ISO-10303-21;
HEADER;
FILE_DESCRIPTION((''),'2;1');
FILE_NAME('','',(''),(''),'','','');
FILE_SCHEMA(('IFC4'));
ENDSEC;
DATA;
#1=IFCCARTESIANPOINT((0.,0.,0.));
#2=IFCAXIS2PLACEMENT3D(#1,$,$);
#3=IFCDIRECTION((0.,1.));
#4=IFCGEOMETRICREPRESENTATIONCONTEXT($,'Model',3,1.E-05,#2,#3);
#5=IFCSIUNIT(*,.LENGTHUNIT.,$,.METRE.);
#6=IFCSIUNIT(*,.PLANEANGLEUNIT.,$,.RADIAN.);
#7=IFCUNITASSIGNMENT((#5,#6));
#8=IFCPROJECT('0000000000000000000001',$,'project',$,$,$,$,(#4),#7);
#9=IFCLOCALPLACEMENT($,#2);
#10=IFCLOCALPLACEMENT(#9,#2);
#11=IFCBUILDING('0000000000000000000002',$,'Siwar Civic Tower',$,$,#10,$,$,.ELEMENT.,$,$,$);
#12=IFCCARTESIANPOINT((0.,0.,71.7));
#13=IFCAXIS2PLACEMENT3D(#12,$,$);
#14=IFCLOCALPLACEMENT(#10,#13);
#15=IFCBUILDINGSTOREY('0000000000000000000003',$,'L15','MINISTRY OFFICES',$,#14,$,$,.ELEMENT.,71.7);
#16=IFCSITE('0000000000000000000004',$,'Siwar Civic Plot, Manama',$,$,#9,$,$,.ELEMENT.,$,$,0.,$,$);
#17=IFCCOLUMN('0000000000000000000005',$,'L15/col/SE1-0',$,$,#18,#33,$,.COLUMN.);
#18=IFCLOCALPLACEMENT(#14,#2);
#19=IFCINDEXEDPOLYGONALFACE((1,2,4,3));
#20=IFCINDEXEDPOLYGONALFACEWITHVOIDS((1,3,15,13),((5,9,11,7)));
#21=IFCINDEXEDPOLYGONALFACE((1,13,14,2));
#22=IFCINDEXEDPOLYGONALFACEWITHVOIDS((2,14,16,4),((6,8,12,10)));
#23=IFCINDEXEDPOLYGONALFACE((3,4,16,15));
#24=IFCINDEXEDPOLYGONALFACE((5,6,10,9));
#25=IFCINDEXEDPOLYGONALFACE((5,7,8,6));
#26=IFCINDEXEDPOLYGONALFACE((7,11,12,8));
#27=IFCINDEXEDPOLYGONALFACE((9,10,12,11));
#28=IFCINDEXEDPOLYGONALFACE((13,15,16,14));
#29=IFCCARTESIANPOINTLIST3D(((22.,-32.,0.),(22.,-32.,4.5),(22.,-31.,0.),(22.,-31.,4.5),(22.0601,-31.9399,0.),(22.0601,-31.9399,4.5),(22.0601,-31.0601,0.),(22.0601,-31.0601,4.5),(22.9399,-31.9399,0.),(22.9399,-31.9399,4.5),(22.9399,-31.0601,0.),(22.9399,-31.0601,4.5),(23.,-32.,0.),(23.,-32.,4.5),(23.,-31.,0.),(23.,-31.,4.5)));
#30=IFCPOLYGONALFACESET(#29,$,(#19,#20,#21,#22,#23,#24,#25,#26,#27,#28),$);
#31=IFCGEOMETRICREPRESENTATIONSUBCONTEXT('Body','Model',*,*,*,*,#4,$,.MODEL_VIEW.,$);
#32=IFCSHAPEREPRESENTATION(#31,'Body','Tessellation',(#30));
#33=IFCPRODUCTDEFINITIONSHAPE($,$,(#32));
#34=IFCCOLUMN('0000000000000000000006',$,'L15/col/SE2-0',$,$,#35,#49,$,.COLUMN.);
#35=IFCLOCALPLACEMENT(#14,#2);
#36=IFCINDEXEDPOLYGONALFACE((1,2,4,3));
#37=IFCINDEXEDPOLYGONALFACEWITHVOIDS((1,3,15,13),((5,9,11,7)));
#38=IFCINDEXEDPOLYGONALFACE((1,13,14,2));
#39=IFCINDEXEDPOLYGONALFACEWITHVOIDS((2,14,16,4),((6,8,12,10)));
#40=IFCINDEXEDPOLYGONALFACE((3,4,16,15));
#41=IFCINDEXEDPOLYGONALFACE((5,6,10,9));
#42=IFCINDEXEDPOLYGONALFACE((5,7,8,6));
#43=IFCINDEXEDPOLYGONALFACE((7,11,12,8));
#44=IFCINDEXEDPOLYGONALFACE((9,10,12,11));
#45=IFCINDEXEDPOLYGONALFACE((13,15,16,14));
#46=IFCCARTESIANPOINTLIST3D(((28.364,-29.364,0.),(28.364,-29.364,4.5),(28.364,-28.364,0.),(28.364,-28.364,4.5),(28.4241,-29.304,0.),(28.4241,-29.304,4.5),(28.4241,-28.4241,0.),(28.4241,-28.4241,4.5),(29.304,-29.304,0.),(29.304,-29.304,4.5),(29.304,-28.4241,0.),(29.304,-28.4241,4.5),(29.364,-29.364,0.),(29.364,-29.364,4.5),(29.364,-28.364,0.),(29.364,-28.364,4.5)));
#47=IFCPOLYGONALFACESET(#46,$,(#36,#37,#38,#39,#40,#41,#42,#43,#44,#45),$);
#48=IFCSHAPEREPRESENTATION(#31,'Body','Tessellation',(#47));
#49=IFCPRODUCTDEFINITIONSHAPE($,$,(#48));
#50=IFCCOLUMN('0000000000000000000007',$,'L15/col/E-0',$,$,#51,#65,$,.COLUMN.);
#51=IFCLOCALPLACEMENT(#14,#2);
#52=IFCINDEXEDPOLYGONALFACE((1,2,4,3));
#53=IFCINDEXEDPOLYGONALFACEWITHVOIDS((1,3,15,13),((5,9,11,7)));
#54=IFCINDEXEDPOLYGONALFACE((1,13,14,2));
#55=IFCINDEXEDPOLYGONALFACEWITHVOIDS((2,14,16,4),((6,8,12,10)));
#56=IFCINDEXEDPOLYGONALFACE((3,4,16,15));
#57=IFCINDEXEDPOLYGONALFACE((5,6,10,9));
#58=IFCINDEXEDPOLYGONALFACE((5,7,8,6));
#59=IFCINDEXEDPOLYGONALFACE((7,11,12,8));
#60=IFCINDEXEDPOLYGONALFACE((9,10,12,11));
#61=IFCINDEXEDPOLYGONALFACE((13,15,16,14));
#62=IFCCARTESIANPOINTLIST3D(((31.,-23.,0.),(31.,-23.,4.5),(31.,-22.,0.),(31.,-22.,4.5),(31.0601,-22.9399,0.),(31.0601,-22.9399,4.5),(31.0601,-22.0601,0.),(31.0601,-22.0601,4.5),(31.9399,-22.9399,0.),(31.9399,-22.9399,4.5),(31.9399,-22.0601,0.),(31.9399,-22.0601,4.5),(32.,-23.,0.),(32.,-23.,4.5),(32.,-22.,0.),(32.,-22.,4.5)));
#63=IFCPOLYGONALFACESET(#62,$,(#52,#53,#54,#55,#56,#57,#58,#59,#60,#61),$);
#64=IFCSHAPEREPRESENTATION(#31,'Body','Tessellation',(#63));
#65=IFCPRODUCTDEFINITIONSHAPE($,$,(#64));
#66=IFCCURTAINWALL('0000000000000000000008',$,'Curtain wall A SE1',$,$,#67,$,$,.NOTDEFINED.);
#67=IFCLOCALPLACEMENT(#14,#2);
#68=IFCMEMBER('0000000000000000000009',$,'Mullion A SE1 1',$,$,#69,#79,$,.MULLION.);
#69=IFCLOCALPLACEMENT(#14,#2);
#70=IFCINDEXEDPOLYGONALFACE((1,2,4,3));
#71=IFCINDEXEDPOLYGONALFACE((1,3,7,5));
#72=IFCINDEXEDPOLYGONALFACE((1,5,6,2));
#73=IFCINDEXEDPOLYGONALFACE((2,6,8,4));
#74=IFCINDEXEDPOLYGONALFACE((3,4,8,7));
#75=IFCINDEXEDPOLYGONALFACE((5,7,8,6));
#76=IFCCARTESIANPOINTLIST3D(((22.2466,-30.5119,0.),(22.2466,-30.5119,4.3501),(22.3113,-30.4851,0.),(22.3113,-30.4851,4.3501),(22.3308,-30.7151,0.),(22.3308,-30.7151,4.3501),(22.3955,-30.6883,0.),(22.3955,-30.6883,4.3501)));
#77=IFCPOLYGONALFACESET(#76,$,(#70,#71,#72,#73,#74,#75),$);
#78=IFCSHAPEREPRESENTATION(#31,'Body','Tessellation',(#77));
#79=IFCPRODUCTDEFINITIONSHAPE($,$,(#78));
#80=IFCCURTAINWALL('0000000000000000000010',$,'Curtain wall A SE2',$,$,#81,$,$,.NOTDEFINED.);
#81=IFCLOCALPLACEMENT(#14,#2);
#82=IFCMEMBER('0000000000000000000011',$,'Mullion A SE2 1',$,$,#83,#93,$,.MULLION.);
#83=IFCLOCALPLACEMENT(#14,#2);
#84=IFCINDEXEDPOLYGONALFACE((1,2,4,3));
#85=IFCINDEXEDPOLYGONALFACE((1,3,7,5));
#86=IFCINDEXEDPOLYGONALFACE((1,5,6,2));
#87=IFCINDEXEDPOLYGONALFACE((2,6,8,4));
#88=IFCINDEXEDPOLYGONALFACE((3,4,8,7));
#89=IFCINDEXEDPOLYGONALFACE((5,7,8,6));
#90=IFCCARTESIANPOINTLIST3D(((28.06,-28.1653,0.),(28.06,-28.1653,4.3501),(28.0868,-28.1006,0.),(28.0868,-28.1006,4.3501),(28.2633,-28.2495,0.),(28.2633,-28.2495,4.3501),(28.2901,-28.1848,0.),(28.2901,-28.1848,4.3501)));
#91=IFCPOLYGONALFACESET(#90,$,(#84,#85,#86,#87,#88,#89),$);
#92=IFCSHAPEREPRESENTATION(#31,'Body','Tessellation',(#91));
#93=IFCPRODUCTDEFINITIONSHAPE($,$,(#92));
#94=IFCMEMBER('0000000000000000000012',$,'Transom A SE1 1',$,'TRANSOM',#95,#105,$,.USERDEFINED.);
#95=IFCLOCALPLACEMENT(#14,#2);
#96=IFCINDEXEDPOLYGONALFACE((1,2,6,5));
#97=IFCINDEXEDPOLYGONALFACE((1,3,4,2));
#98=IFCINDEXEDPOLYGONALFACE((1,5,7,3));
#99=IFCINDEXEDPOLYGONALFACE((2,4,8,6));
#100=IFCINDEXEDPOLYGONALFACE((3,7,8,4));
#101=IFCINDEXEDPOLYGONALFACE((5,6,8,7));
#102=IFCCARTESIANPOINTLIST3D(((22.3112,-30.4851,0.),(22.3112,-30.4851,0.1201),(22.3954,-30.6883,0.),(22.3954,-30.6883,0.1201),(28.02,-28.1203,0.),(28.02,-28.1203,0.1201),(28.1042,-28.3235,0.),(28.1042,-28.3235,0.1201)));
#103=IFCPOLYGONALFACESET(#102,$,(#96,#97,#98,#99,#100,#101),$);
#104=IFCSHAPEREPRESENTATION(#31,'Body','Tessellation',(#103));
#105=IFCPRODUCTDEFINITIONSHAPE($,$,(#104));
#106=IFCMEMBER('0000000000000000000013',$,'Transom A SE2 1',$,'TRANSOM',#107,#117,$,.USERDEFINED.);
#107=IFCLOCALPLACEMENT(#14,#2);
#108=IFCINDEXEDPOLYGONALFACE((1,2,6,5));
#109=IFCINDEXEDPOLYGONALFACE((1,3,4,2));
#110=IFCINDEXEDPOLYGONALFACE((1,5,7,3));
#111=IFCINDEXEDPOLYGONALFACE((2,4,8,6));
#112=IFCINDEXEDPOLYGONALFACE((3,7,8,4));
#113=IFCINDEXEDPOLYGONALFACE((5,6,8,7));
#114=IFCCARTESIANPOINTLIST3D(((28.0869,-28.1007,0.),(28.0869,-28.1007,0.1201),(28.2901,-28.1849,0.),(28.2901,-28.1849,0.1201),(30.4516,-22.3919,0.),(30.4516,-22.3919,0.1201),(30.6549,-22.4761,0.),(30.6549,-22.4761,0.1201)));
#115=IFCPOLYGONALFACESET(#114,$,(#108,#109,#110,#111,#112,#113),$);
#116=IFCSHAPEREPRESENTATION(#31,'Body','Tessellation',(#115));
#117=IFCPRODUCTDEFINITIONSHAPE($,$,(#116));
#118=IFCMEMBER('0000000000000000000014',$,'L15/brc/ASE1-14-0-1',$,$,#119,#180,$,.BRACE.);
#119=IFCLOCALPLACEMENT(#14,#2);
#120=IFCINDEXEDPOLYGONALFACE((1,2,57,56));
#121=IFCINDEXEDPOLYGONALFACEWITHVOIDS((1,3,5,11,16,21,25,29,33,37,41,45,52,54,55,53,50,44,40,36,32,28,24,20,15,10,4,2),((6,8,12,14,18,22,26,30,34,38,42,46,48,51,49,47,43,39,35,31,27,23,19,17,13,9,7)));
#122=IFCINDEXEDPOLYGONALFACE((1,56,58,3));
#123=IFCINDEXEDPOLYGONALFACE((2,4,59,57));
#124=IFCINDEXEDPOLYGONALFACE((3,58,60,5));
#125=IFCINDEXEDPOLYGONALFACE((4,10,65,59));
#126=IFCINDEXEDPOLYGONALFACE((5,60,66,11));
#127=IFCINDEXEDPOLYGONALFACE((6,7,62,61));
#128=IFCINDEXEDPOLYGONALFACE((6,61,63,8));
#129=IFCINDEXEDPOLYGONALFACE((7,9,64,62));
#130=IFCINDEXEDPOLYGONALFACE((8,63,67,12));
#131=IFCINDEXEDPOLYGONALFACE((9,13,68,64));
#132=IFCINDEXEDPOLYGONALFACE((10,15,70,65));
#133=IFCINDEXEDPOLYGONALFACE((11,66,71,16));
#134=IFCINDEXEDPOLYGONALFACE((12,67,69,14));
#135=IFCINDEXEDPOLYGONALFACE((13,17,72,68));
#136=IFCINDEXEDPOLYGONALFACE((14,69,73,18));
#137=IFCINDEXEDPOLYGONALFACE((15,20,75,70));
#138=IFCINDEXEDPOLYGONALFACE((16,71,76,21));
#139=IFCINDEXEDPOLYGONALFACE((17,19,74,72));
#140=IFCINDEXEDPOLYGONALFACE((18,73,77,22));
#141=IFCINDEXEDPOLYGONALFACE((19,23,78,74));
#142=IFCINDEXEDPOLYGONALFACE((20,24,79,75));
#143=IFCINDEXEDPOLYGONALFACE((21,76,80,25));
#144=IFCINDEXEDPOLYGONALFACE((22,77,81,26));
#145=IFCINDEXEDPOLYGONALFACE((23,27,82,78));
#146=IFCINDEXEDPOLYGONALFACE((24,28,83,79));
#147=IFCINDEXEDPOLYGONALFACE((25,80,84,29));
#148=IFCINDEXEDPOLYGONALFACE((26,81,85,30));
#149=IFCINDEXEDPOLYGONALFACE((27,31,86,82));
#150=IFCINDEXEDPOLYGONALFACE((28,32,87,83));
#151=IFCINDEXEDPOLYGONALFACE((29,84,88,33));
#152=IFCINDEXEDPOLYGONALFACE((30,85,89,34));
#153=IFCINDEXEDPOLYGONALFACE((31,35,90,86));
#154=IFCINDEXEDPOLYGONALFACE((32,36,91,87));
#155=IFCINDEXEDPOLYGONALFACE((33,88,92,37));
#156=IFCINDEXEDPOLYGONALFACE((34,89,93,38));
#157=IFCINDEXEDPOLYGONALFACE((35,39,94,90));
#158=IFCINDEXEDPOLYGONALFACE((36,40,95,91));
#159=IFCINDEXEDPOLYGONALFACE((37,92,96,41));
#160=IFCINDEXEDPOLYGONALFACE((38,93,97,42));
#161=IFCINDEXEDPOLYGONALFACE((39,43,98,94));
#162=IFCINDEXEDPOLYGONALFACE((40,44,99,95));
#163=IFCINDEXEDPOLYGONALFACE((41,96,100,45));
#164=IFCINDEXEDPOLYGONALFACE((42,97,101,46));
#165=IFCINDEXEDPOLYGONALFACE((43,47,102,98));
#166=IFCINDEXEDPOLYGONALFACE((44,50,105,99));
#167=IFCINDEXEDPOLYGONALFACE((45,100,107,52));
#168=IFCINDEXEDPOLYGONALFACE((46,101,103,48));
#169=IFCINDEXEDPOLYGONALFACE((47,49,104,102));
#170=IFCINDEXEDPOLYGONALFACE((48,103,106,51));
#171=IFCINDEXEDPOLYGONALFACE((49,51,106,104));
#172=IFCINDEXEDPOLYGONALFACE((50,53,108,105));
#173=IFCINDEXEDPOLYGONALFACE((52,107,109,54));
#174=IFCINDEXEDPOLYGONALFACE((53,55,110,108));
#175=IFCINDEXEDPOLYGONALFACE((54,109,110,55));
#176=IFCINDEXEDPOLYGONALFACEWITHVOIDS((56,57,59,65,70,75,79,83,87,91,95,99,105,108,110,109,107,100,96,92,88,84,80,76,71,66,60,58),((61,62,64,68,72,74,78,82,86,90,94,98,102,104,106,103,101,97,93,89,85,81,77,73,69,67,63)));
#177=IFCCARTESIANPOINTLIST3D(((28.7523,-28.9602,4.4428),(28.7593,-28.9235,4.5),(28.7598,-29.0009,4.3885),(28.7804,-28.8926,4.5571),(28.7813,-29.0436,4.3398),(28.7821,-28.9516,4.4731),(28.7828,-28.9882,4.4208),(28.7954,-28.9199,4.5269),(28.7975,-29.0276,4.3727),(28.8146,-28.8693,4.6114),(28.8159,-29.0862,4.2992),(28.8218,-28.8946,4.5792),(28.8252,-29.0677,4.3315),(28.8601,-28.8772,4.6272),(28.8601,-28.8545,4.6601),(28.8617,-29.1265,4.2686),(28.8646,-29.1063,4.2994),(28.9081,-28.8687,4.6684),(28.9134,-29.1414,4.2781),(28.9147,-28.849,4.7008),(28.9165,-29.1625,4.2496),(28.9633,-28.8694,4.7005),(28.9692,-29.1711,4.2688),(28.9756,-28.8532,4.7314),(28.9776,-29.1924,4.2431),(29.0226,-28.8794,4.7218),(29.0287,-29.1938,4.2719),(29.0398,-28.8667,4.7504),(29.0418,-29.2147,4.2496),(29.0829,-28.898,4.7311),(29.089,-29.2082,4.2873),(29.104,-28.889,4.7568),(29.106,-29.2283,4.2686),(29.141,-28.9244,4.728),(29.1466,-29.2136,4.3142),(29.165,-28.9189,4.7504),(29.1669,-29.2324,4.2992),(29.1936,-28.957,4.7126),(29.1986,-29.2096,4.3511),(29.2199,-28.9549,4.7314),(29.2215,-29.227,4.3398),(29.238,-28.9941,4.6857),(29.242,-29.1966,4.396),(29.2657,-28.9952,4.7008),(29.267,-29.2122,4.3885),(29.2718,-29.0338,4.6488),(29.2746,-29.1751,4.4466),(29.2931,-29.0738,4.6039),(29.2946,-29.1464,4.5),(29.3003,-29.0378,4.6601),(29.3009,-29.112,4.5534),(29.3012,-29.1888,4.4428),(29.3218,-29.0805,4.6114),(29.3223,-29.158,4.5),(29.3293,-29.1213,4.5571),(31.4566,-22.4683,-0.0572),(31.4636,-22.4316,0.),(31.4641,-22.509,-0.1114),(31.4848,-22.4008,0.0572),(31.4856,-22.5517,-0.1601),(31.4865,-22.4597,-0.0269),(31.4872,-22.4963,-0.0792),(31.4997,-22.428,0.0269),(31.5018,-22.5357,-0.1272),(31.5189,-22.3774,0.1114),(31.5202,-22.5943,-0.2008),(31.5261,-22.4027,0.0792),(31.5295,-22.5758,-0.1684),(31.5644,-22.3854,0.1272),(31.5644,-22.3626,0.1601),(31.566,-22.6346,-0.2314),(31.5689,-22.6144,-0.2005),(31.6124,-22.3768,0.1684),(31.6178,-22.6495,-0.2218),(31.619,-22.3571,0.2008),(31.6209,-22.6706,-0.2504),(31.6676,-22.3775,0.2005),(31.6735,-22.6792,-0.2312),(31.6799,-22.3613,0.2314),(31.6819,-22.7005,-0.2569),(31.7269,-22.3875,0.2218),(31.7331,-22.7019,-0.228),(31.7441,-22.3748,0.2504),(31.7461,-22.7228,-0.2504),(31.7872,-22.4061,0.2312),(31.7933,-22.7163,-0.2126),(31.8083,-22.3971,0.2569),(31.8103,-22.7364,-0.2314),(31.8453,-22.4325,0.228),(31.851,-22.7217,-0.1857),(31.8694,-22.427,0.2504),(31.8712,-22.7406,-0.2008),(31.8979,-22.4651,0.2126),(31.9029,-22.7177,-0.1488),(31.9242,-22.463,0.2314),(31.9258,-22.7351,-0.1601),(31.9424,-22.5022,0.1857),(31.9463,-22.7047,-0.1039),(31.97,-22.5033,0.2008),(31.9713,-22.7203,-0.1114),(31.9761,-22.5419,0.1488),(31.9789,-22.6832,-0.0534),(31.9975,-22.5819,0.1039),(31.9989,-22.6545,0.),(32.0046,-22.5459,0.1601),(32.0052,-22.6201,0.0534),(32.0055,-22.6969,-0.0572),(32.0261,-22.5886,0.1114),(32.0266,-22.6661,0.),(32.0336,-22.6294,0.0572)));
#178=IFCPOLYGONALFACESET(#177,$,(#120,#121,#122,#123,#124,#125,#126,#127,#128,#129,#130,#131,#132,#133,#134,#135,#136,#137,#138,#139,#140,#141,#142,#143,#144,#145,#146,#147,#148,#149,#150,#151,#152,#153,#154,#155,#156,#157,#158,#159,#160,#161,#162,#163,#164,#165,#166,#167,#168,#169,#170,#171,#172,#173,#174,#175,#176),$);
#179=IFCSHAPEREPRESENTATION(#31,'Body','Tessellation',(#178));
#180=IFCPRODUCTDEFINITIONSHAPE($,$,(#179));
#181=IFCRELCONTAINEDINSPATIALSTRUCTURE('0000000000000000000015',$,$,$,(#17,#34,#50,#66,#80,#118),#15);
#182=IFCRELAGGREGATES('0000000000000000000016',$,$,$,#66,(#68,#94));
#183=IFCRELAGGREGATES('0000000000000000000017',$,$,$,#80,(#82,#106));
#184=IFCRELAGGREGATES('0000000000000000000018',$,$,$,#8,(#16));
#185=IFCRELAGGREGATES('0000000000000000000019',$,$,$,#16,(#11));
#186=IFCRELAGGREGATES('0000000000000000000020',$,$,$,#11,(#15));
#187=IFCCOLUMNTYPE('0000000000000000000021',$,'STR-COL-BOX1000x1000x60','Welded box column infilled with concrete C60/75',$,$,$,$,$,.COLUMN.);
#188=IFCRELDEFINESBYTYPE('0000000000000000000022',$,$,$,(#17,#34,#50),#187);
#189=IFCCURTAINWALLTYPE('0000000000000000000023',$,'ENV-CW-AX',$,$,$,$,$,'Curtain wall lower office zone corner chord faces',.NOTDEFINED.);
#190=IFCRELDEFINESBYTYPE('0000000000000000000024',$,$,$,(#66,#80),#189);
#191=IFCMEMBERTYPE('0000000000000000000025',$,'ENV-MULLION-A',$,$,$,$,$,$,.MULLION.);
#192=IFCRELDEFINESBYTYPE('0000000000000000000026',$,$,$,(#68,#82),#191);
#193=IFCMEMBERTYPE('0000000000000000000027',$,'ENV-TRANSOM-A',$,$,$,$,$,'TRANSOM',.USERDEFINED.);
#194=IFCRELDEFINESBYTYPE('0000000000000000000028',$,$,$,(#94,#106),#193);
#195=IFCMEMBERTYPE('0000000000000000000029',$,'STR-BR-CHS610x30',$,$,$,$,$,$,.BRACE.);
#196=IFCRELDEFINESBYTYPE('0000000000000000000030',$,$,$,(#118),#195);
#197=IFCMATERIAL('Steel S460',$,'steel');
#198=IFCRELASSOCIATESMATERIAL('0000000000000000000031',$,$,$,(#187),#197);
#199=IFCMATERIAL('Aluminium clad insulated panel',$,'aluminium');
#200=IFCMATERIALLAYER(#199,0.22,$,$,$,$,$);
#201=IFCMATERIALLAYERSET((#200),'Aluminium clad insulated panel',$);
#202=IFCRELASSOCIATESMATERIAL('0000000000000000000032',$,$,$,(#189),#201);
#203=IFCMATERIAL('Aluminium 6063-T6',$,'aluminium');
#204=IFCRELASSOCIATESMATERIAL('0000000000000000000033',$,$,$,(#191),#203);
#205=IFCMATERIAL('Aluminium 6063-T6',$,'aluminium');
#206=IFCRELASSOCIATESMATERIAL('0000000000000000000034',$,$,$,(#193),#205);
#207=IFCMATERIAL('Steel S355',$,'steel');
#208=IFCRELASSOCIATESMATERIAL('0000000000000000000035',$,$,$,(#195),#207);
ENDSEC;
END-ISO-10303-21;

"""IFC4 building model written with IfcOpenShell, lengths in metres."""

from ifc_helpers import new_model, si_unit, direction, frame, origin, origin_2d, place, context, subcontext, project, spatial, rectangle, hollow_rectangle, hollow_circle, extrude, material, layer, layer_set, material_profile, profile_set, type_object, element, aggregate, save


model = new_model("IFC4")

# Units and contexts
model_context = context("Model", 3, precision=1e-05, world=origin(), true_north=direction((0.0, 1.0)))
body_context = subcontext(model_context, "Body", "Model", "MODEL_VIEW")
ifc_project = project(units=[si_unit("LENGTHUNIT", "METRE"), si_unit("PLANEANGLEUNIT", "RADIAN")], contexts=[model_context])

# Site, building, storey
site_placement = place(None, origin())
site = spatial("IfcSite", under=ifc_project, at=site_placement, Name="Siwar Civic Plot, Manama", CompositionType="ELEMENT", RefElevation=0.0)
building_placement = place(site_placement, origin())
building = spatial("IfcBuilding", under=site, at=building_placement, Name="Siwar Civic Tower", CompositionType="ELEMENT")
storey_placement = place(building_placement, frame((0.0, 0.0, 71.7)))
storey = spatial("IfcBuildingStorey", under=building, at=storey_placement, Name="L15", Description="MINISTRY OFFICES", CompositionType="ELEMENT", Elevation=71.7)

# Columns
ifc_material_1 = material(Name="Steel S460", Category="steel")
ifc_material_profile_1 = material_profile(ifc_material_1, hollow_rectangle(XDim=1.0, YDim=1.0, WallThickness=0.0601, at=origin_2d()), Name="BOX1000x1000x60")
ifc_profile_set_1 = profile_set([ifc_material_profile_1], Name="Steel S460")
column_type = type_object("IfcColumnType", Name="STR-COL-BOX1000x1000x60", Description="Welded box column infilled with concrete C60/75", PredefinedType="COLUMN", material=ifc_profile_set_1)
for number, where, z_axis, x_axis, name in (
    (1, (22.5, -31.5, 0.0), (0.0, 0.0, 1.0), (1.0, 0.0, 0.0), "L15/col/SE1-0"),
    (2, (28.864, -28.864, 0.0), (0.0, 0.0, 1.0), (1.0, 0.0, 0.0), "L15/col/SE2-0"),
    (3, (31.5, -22.5, 0.0), (0.0, 0.0, 1.0), (1.0, 0.0, 0.0), "L15/col/E-0"),
):
    element("IfcColumn", number, at=place(storey_placement, frame(where, z_axis=z_axis, x_axis=x_axis)), inside=storey, type_object=column_type, Name=name, PredefinedType="COLUMN", context=body_context, shape_type="SweptSolid", body=[
        extrude(hollow_rectangle(XDim=1.0, YDim=1.0, WallThickness=0.0601, at=origin_2d()), origin(), (0.0, 0.0, 1.0), 4.5),
    ])

# Curtain walls, members
ifc_material_2 = material(Name="Aluminium clad insulated panel", Category="aluminium")
ifc_layer_1 = layer(ifc_material_2, 0.22)
ifc_layer_set_1 = layer_set([ifc_layer_1], Name="Aluminium clad insulated panel")
curtain_wall_type_1 = type_object("IfcCurtainWallType", Name="ENV-CW-AX", ElementType="Curtain wall lower office zone corner chord faces", PredefinedType="NOTDEFINED", material=ifc_layer_set_1)
curtain_wall_1_placement = place(storey_placement, origin())
curtain_wall_1 = element("IfcCurtainWall", 4, at=curtain_wall_1_placement, inside=storey, type_object=curtain_wall_type_1, Name="Curtain wall A SE1", PredefinedType="NOTDEFINED")
ifc_material_3 = material(Name="Aluminium 6063-T6", Category="aluminium")
ifc_material_profile_2 = material_profile(ifc_material_3, rectangle(XDim=0.22, YDim=0.0701, at=origin_2d()), Name="AL 220x70")
ifc_profile_set_2 = profile_set([ifc_material_profile_2], Name="Aluminium 6063-T6")
member_type_1 = type_object("IfcMemberType", Name="ENV-MULLION-A", PredefinedType="MULLION", material=ifc_profile_set_2)
member_1_placement = place(storey_placement, frame((22.321, -30.6001, 0.0), z_axis=(0.0, 0.0, 1.0), x_axis=(-0.382683, 0.92388, 0.0)))
member_1 = element("IfcMember", 5, at=member_1_placement, type_object=member_type_1, Name="Mullion A SE1 1", PredefinedType="MULLION", context=body_context, shape_type="SweptSolid", body=[
    extrude(rectangle(XDim=0.22, YDim=0.0701, at=origin_2d()), origin(), (0.0, 0.0, 1.0), 4.3501),
])
curtain_wall_2_placement = place(storey_placement, origin())
curtain_wall_2 = element("IfcCurtainWall", 6, at=curtain_wall_2_placement, inside=storey, type_object=curtain_wall_type_1, Name="Curtain wall A SE2", PredefinedType="NOTDEFINED")
member_2_placement = place(storey_placement, frame((28.175, -28.175, 0.0), z_axis=(0.0, 0.0, 1.0), x_axis=(-0.92388, 0.382683, 0.0)))
member_2 = element("IfcMember", 7, at=member_2_placement, type_object=member_type_1, Name="Mullion A SE2 1", PredefinedType="MULLION", context=body_context, shape_type="SweptSolid", body=[
    extrude(rectangle(XDim=0.22, YDim=0.0701, at=origin_2d()), origin(), (0.0, 0.0, 1.0), 4.3501),
])

# Members
ifc_material_4 = material(Name="Aluminium 6063-T6", Category="aluminium")
ifc_material_profile_3 = material_profile(ifc_material_4, rectangle(XDim=0.22, YDim=0.1201, at=origin_2d()), Name="AL 220x120")
ifc_profile_set_3 = profile_set([ifc_material_profile_3], Name="Aluminium 6063-T6")
member_type_2 = type_object("IfcMemberType", Name="ENV-TRANSOM-A", ElementType="TRANSOM", PredefinedType="USERDEFINED", material=ifc_profile_set_3)
member_3_placement = place(storey_placement, frame((22.3533, -30.5867, 0.0601), z_axis=(0.923873, 0.382698, 0.0), x_axis=(-0.382698, 0.923873, 0.0)))
member_3 = element("IfcMember", 8, at=member_3_placement, type_object=member_type_2, Name="Transom A SE1 1", ObjectType="TRANSOM", PredefinedType="USERDEFINED", context=body_context, shape_type="SweptSolid", body=[
    extrude(rectangle(XDim=0.22, YDim=0.1201, at=origin_2d()), origin(), (0.0, 0.0, 1.0), 6.1792),
])
member_4_placement = place(storey_placement, frame((28.1885, -28.1428, 0.0601), z_axis=(0.382698, 0.923873, 0.0), x_axis=(-0.923873, 0.382698, 0.0)))
member_4 = element("IfcMember", 9, at=member_4_placement, type_object=member_type_2, Name="Transom A SE2 1", ObjectType="TRANSOM", PredefinedType="USERDEFINED", context=body_context, shape_type="SweptSolid", body=[
    extrude(rectangle(XDim=0.22, YDim=0.1201, at=origin_2d()), origin(), (0.0, 0.0, 1.0), 6.1792),
])

# Member
ifc_material_5 = material(Name="Steel S355", Category="steel")
ifc_material_profile_4 = material_profile(ifc_material_5, hollow_circle(Radius=0.3049, WallThickness=0.03, at=origin_2d()), Name="CHS610x30")
ifc_profile_set_4 = profile_set([ifc_material_profile_4], Name="Steel S355")
member_type_3 = type_object("IfcMemberType", Name="STR-BR-CHS610x30", PredefinedType="BRACE", material=ifc_profile_set_4)
member_5_placement = place(storey_placement, frame((31.7451, -22.5488, 0.0), z_axis=(-0.323906, -0.777555, 0.538975), x_axis=(0.923109, -0.384539, 0.0)))
element("IfcMember", 10, at=member_5_placement, inside=storey, type_object=member_type_3, Name="L15/brc/ASE1-14-0-1", PredefinedType="BRACE", context=body_context, shape_type="SweptSolid", body=[
    extrude(hollow_circle(Radius=0.3049, WallThickness=0.03, at=origin_2d()), origin(), (0.0, 0.0, 1.0), 8.3491),
])

aggregate(curtain_wall_1, [member_1, member_3])
aggregate(curtain_wall_2, [member_2, member_4])

save(model, "model.ifc")
